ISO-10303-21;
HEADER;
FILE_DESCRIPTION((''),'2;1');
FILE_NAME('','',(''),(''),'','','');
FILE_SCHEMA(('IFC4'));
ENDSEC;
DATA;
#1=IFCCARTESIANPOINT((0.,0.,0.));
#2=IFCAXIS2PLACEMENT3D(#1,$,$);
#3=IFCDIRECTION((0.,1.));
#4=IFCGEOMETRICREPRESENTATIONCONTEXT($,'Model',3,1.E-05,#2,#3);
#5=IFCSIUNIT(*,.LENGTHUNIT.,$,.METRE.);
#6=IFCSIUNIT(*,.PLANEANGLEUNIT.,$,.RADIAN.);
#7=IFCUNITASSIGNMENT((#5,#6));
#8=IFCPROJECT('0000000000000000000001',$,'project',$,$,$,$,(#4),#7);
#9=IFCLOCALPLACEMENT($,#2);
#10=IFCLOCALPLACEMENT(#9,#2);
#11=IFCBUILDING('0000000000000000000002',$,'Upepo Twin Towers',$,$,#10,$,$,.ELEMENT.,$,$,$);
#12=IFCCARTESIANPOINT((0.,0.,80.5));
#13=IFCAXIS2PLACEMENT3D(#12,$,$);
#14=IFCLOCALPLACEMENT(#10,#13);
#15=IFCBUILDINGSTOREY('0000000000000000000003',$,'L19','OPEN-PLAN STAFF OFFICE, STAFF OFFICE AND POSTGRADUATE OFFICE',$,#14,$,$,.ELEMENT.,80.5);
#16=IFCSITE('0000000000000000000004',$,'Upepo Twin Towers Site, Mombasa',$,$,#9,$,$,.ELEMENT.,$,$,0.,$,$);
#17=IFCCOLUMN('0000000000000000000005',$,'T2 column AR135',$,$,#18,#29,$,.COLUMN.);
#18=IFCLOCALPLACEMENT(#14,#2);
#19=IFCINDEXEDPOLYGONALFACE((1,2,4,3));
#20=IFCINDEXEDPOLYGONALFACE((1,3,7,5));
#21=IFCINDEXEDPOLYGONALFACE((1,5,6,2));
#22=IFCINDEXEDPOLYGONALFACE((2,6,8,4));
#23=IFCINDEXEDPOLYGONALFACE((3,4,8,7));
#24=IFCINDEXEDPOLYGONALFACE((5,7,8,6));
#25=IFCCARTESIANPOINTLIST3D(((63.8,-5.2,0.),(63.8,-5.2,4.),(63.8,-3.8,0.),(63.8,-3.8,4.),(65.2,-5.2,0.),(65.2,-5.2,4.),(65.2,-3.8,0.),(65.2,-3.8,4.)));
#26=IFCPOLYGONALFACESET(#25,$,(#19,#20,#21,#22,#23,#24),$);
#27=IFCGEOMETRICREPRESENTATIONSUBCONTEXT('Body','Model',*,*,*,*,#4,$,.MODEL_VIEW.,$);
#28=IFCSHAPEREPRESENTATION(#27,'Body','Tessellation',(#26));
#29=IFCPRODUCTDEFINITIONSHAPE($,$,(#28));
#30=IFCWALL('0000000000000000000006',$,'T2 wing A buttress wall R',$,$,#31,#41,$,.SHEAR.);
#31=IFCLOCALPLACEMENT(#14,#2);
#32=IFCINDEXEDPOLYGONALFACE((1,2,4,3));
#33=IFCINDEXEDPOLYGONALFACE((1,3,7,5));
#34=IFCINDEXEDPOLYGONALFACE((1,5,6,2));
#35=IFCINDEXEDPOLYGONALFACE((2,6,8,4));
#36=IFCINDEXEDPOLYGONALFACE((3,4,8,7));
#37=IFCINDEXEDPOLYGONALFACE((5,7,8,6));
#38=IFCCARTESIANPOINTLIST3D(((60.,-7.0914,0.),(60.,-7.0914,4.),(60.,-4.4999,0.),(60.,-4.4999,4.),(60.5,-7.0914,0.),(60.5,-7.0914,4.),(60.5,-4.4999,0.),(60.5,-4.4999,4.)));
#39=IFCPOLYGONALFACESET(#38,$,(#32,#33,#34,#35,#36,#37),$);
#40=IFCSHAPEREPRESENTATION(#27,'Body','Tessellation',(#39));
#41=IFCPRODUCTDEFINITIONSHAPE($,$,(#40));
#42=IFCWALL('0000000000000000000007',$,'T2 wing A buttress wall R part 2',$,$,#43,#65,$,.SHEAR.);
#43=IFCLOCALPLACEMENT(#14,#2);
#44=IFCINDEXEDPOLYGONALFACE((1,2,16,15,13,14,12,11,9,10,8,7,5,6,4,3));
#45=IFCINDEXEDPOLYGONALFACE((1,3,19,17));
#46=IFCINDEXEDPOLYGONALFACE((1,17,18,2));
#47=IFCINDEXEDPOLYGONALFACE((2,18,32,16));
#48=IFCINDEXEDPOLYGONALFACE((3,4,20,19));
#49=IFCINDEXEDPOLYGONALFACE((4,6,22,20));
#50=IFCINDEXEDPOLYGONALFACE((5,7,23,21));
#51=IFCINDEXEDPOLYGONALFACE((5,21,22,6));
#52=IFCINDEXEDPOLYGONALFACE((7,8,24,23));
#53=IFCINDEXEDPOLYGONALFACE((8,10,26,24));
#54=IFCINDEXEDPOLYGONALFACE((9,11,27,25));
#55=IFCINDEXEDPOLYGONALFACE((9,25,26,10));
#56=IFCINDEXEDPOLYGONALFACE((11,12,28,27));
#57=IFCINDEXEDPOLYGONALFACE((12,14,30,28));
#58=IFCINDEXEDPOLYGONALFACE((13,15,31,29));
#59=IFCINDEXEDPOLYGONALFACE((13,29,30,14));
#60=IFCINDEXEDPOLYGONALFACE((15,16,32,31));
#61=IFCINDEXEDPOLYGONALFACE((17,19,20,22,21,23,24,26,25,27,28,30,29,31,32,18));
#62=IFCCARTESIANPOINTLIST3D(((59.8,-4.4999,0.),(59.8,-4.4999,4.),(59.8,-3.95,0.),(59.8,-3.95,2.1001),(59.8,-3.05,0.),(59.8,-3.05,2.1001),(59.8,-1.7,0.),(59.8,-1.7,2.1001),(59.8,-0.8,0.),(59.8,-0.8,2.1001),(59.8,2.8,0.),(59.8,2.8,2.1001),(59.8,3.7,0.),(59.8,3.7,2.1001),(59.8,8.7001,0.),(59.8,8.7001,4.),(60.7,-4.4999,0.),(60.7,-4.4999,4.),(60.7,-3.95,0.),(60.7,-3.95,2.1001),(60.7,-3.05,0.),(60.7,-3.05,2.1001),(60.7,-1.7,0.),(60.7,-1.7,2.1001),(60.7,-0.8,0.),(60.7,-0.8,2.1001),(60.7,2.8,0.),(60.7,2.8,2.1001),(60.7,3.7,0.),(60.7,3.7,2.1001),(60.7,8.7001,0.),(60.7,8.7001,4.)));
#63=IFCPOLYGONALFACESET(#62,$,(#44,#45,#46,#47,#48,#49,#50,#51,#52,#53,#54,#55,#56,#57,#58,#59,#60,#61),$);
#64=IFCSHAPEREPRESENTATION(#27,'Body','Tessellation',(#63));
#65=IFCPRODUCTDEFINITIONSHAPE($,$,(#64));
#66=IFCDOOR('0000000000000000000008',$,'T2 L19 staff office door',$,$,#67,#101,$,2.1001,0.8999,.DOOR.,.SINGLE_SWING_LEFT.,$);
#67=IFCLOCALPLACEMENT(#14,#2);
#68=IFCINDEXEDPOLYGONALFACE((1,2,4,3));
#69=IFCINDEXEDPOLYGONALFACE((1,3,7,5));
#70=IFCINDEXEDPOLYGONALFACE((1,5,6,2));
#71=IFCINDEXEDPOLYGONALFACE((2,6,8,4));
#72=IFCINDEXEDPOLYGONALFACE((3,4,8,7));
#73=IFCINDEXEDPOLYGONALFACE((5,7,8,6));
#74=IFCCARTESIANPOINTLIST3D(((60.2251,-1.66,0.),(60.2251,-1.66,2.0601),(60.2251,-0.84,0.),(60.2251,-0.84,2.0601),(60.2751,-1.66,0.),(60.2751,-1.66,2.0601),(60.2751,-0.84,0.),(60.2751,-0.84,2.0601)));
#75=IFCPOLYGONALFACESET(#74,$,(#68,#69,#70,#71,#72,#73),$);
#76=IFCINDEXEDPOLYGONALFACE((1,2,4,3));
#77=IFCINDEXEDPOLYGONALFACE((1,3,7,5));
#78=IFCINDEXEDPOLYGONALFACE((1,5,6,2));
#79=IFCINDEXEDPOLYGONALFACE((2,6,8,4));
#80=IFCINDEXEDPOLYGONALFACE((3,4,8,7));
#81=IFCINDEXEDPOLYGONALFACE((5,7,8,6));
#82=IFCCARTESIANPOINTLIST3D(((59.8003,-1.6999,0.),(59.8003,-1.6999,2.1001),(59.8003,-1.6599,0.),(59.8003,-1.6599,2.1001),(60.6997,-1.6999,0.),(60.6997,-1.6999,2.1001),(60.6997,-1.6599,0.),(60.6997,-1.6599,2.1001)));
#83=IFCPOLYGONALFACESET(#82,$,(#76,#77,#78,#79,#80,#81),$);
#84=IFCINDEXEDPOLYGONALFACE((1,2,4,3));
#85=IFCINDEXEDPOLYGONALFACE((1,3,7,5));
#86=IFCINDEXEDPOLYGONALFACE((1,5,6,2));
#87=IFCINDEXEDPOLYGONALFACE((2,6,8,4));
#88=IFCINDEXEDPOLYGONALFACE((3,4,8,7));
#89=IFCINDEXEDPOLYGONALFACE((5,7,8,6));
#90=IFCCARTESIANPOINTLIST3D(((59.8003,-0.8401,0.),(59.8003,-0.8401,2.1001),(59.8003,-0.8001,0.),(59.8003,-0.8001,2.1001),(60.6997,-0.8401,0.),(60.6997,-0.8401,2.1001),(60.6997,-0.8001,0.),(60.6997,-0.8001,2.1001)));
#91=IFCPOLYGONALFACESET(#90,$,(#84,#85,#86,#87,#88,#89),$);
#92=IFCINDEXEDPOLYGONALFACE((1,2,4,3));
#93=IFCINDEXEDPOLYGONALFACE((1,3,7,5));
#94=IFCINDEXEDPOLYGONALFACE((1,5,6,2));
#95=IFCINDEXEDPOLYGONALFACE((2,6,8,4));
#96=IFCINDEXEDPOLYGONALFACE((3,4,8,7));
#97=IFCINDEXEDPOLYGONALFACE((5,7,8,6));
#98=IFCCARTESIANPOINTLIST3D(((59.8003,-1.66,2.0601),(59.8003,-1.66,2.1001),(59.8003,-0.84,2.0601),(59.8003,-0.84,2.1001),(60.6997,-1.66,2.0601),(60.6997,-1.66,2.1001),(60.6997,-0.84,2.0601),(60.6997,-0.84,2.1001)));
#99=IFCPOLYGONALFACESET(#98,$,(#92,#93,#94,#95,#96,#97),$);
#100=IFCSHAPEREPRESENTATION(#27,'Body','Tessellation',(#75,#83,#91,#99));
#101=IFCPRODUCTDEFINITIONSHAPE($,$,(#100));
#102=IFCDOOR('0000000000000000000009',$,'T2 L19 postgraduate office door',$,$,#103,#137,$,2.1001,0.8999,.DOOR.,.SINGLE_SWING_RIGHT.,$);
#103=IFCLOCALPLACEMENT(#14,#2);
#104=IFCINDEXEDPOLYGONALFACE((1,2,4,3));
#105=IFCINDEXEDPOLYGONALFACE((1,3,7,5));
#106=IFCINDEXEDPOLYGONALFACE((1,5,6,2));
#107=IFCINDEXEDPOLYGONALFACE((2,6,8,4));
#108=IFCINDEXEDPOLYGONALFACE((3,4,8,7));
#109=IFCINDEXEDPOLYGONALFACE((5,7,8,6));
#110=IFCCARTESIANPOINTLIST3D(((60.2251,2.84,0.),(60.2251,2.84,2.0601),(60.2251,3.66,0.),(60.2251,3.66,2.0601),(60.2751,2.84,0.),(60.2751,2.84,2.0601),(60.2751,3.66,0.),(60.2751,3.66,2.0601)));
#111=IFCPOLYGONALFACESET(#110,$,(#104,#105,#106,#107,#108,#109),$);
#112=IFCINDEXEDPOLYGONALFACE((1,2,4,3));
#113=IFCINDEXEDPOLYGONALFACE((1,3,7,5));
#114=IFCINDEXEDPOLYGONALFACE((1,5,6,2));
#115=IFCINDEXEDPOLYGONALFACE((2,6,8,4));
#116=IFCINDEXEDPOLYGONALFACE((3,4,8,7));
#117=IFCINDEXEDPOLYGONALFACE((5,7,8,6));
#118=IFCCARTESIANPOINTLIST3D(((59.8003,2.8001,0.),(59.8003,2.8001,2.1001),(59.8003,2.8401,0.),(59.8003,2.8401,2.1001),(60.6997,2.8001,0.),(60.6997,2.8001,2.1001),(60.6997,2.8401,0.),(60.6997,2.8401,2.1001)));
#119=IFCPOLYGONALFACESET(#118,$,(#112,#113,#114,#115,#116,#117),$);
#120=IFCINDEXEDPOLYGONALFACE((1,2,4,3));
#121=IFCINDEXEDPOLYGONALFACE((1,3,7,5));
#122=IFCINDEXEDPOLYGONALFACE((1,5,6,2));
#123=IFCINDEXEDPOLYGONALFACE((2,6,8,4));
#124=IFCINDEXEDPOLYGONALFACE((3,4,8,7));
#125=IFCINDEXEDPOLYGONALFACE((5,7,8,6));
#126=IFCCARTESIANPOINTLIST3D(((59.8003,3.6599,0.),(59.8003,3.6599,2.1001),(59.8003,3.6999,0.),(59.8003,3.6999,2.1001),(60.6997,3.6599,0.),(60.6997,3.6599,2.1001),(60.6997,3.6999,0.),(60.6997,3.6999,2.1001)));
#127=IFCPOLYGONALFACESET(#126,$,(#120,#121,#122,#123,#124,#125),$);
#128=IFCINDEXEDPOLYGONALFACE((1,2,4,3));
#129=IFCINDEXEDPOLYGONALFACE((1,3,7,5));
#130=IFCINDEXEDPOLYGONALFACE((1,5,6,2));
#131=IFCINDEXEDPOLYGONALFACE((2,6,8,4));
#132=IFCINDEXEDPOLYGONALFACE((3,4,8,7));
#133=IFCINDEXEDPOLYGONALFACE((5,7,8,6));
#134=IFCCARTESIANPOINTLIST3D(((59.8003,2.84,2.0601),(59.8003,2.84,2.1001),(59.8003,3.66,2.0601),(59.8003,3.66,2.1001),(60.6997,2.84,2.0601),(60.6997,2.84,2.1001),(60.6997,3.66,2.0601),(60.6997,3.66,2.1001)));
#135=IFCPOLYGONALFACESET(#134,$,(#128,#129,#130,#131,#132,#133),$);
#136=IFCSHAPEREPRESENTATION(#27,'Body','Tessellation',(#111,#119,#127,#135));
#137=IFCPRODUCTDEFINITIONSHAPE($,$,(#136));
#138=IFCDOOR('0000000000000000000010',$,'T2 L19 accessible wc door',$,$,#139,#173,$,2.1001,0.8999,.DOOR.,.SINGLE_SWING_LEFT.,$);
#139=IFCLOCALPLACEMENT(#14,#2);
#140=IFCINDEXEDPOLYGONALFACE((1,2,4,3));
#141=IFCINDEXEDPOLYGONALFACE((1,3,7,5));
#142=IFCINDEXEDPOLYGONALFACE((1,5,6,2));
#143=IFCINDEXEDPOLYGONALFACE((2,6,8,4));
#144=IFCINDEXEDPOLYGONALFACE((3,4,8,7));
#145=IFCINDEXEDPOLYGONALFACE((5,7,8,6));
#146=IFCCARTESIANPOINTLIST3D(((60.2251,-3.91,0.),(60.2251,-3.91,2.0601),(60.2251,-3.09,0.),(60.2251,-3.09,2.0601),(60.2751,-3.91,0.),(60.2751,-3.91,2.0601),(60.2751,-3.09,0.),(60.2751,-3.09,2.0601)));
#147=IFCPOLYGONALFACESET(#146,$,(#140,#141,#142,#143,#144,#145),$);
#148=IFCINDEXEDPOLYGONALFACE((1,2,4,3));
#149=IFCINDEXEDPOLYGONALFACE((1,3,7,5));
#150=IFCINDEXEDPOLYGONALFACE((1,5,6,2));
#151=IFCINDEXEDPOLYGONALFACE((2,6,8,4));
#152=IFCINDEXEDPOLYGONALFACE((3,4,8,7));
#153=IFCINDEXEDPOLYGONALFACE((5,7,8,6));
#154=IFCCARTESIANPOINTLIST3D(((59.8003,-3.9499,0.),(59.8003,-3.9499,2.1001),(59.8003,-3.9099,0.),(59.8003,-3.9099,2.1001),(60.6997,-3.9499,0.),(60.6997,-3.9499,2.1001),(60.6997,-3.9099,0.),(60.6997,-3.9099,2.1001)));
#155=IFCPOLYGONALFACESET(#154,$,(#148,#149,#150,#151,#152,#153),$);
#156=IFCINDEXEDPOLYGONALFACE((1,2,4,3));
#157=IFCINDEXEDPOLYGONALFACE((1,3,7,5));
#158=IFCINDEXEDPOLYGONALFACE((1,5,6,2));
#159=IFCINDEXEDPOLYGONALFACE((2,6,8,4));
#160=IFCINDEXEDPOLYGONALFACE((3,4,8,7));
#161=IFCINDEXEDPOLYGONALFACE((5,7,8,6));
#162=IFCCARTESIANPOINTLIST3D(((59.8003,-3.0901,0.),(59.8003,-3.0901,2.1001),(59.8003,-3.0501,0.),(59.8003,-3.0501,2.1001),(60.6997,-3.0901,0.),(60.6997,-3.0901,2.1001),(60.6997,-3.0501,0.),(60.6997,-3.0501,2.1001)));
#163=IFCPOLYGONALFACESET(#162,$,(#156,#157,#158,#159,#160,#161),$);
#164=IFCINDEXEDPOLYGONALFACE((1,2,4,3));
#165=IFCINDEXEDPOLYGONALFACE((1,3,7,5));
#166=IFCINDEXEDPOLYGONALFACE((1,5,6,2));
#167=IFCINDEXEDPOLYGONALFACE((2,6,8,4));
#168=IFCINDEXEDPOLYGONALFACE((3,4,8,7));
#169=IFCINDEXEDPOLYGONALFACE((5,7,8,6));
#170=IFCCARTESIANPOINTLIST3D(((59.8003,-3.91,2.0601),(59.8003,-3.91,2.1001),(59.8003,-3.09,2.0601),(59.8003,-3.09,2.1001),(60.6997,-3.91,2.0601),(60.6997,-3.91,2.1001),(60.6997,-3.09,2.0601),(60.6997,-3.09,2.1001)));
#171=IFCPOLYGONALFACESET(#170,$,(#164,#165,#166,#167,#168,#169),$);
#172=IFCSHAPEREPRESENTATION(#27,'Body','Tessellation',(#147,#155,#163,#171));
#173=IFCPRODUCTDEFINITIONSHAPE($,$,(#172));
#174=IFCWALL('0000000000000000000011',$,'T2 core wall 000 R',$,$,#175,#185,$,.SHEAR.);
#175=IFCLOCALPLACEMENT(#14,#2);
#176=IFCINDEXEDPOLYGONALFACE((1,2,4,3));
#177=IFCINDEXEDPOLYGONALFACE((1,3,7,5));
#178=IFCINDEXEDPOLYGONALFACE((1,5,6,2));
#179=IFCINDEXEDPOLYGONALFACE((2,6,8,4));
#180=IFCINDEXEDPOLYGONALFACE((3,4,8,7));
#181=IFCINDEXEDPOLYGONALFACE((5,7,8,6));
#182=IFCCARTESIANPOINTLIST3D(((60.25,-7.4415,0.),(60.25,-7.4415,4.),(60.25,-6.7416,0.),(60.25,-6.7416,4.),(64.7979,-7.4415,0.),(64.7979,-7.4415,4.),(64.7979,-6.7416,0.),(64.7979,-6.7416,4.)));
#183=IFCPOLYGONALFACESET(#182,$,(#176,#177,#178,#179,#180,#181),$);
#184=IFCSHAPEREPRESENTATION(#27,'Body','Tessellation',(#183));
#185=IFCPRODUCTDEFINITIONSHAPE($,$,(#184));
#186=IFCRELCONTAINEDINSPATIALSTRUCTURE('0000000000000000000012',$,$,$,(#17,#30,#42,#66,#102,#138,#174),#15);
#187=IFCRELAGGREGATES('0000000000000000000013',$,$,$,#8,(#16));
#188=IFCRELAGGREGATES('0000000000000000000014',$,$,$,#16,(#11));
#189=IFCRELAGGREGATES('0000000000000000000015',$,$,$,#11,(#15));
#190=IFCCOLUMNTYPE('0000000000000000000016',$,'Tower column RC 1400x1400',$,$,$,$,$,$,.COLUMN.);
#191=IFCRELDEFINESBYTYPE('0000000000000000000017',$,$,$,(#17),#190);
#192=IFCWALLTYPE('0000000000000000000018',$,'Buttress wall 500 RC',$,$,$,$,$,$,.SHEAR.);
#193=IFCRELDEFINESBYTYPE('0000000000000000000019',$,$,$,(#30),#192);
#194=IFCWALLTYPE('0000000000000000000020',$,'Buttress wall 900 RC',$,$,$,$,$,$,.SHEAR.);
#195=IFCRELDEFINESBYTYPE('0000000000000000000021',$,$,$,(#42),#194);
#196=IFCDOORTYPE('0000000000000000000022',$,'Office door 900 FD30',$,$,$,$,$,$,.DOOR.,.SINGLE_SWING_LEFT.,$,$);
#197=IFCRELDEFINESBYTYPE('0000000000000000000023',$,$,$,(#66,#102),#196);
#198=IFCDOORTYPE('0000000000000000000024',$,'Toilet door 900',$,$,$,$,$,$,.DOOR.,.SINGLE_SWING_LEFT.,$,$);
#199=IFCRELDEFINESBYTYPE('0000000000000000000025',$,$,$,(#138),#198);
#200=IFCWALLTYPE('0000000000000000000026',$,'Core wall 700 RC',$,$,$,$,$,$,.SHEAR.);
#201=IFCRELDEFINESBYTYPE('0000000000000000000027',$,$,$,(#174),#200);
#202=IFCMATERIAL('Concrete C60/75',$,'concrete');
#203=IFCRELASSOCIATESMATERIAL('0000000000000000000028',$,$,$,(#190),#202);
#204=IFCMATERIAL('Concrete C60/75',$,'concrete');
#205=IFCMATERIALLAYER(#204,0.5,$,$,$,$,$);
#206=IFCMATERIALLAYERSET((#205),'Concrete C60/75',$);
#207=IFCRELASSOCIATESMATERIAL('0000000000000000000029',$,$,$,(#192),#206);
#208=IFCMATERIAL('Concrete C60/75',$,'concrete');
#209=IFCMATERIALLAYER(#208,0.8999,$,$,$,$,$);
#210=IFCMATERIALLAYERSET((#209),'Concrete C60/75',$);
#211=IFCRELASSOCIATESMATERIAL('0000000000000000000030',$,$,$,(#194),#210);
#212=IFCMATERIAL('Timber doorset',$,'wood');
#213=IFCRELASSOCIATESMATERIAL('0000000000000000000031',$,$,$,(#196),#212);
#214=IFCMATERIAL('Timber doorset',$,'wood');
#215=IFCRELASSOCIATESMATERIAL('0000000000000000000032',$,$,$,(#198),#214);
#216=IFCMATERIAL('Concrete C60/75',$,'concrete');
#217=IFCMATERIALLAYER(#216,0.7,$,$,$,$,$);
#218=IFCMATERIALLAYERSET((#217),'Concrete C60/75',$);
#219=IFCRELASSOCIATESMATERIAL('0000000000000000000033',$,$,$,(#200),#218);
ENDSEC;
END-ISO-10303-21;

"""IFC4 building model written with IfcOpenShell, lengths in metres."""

from ifc_helpers import new_model, si_unit, direction, frame, frame_2d, origin, origin_2d, place, context, subcontext, project, spatial, rectangle, extrude, material, layer, layer_set, material_profile, profile_set, type_object, element, fill, save


model = new_model("IFC4")

# Units and contexts
model_context = context("Model", 3, precision=1e-05, world=origin(), true_north=direction((0.0, 1.0)))
body_context = subcontext(model_context, "Body", "Model", "MODEL_VIEW")
ifc_project = project(units=[si_unit("LENGTHUNIT", "METRE"), si_unit("PLANEANGLEUNIT", "RADIAN")], contexts=[model_context])

# Site, building, storey
site_placement = place(None, origin())
site = spatial("IfcSite", under=ifc_project, at=site_placement, Name="Upepo Twin Towers Site, Mombasa", CompositionType="ELEMENT", RefElevation=0.0)
building_placement = place(site_placement, origin())
building = spatial("IfcBuilding", under=site, at=building_placement, Name="Upepo Twin Towers", CompositionType="ELEMENT")
storey_placement = place(building_placement, frame((0.0, 0.0, 80.5)))
storey = spatial("IfcBuildingStorey", under=building, at=storey_placement, Name="L19", Description="OPEN-PLAN STAFF OFFICE, STAFF OFFICE AND POSTGRADUATE OFFICE", CompositionType="ELEMENT", Elevation=80.5)

# Column
ifc_material_1 = material(Name="Concrete C60/75", Category="concrete")
ifc_material_profile = material_profile(ifc_material_1, rectangle(XDim=1.3999, YDim=1.3999, at=origin_2d()), Name="RC 1400x1400")
ifc_profile_set = profile_set([ifc_material_profile], Name="Concrete C60/75")
column_type = type_object("IfcColumnType", Name="Tower column RC 1400x1400", PredefinedType="COLUMN", material=ifc_profile_set)
column_placement = place(storey_placement, frame((64.5, -4.5, 0.0), z_axis=(0.0, 0.0, 1.0), x_axis=(1.0, 0.0, 0.0)))
element("IfcColumn", 1, at=column_placement, inside=storey, type_object=column_type, Name="T2 column AR135", PredefinedType="COLUMN", context=body_context, shape_type="SweptSolid", body=[
    extrude(rectangle(XDim=1.3999, YDim=1.3999, at=origin_2d()), origin(), (0.0, 0.0, 1.0), 4.0),
])

# Wall
ifc_material_2 = material(Name="Concrete C60/75", Category="concrete")
ifc_layer_1 = layer(ifc_material_2, 0.5)
ifc_layer_set_1 = layer_set([ifc_layer_1], Name="Concrete C60/75")
wall_type_1 = type_object("IfcWallType", Name="Buttress wall 500 RC", PredefinedType="SHEAR", material=ifc_layer_set_1)
wall_1_placement = place(storey_placement, frame((60.25, -7.0916, 0.0), z_axis=(0.0, 0.0, 1.0), x_axis=(0.0, 1.0, 0.0)))
element("IfcWall", 2, at=wall_1_placement, inside=storey, type_object=wall_type_1, Name="T2 wing A buttress wall R", PredefinedType="SHEAR", context=body_context, shape_type="SweptSolid", body=[
    extrude(rectangle(XDim=2.5916, YDim=0.5, at=frame_2d((1.2959, 0.0))), origin(), (0.0, 0.0, 1.0), 4.0),
])

# Wall, openings, doors
ifc_material_3 = material(Name="Concrete C60/75", Category="concrete")
ifc_layer_2 = layer(ifc_material_3, 0.8999)
ifc_layer_set_2 = layer_set([ifc_layer_2], Name="Concrete C60/75")
wall_type_2 = type_object("IfcWallType", Name="Buttress wall 900 RC", PredefinedType="SHEAR", material=ifc_layer_set_2)
wall_2_placement = place(storey_placement, frame((60.25, -4.5, 0.0), z_axis=(0.0, 0.0, 1.0), x_axis=(0.0, 1.0, 0.0)))
wall_2 = element("IfcWall", 3, at=wall_2_placement, inside=storey, type_object=wall_type_2, Name="T2 wing A buttress wall R part 2", PredefinedType="SHEAR", context=body_context, shape_type="SweptSolid", body=[
    extrude(rectangle(XDim=13.2, YDim=0.8999, at=frame_2d((6.6001, 0.0))), origin(), (0.0, 0.0, 1.0), 4.0),
])
opening_1_placement = place(wall_2_placement, frame((0.55, 0.0, 0.0)))
opening_1 = element("IfcOpeningElement", 4, at=opening_1_placement, cuts=wall_2, PredefinedType="OPENING", context=body_context, shape_type="SweptSolid", body=[
    extrude(rectangle(XDim=0.8999, YDim=2.1001, at=frame_2d((0.45, 1.05))), frame((0.0, 0.46, 0.0), z_axis=(0.0, -1.0, 0.0), x_axis=(1.0, 0.0, 0.0)), (0.0, 0.0, 1.0), 0.9199),
])
opening_2_placement = place(wall_2_placement, frame((2.8, 0.0, 0.0)))
opening_2 = element("IfcOpeningElement", 5, at=opening_2_placement, cuts=wall_2, PredefinedType="OPENING", context=body_context, shape_type="SweptSolid", body=[
    extrude(rectangle(XDim=0.8999, YDim=2.1001, at=frame_2d((0.45, 1.05))), frame((0.0, 0.46, 0.0), z_axis=(0.0, -1.0, 0.0), x_axis=(1.0, 0.0, 0.0)), (0.0, 0.0, 1.0), 0.9199),
])
opening_3_placement = place(wall_2_placement, frame((7.3, 0.0, 0.0)))
opening_3 = element("IfcOpeningElement", 6, at=opening_3_placement, cuts=wall_2, PredefinedType="OPENING", context=body_context, shape_type="SweptSolid", body=[
    extrude(rectangle(XDim=0.8999, YDim=2.1001, at=frame_2d((0.45, 1.05))), frame((0.0, 0.46, 0.0), z_axis=(0.0, -1.0, 0.0), x_axis=(1.0, 0.0, 0.0)), (0.0, 0.0, 1.0), 0.9199),
])
ifc_material_4 = material(Name="Timber doorset", Category="wood")
door_type_1 = type_object("IfcDoorType", Name="Office door 900 FD30", OperationType="SINGLE_SWING_LEFT", PredefinedType="DOOR", material=ifc_material_4)
door_1_placement = place(opening_2_placement, origin())
door_1 = element("IfcDoor", 7, at=door_1_placement, inside=storey, type_object=door_type_1, Name="T2 L19 staff office door", OperationType="SINGLE_SWING_LEFT", OverallHeight=2.1001, OverallWidth=0.8999, PredefinedType="DOOR", context=body_context, shape_type="SweptSolid", body=[
    extrude(rectangle(XDim=0.8199, YDim=2.0601, at=frame_2d((0.45, 1.03))), frame((0.0, 0.0249, 0.0), z_axis=(0.0, -1.0, 0.0), x_axis=(1.0, 0.0, 0.0)), (0.0, 0.0, 1.0), 0.05),
    extrude(rectangle(XDim=0.04, YDim=2.1001, at=frame_2d((0.02, 1.05))), frame((0.0, 0.4497, 0.0), z_axis=(0.0, -1.0, 0.0), x_axis=(1.0, 0.0, 0.0)), (0.0, 0.0, 1.0), 0.8994),
    extrude(rectangle(XDim=0.04, YDim=2.1001, at=frame_2d((0.8799, 1.05))), frame((0.0, 0.4497, 0.0), z_axis=(0.0, -1.0, 0.0), x_axis=(1.0, 0.0, 0.0)), (0.0, 0.0, 1.0), 0.8994),
    extrude(rectangle(XDim=0.8199, YDim=0.04, at=frame_2d((0.45, 2.0801))), frame((0.0, 0.4497, 0.0), z_axis=(0.0, -1.0, 0.0), x_axis=(1.0, 0.0, 0.0)), (0.0, 0.0, 1.0), 0.8994),
])
fill(opening_2, door_1)
door_2_placement = place(opening_3_placement, origin())
door_2 = element("IfcDoor", 8, at=door_2_placement, inside=storey, type_object=door_type_1, Name="T2 L19 postgraduate office door", OperationType="SINGLE_SWING_RIGHT", OverallHeight=2.1001, OverallWidth=0.8999, PredefinedType="DOOR", context=body_context, shape_type="SweptSolid", body=[
    extrude(rectangle(XDim=0.8199, YDim=2.0601, at=frame_2d((0.45, 1.03))), frame((0.0, 0.0249, 0.0), z_axis=(0.0, -1.0, 0.0), x_axis=(1.0, 0.0, 0.0)), (0.0, 0.0, 1.0), 0.05),
    extrude(rectangle(XDim=0.04, YDim=2.1001, at=frame_2d((0.02, 1.05))), frame((0.0, 0.4497, 0.0), z_axis=(0.0, -1.0, 0.0), x_axis=(1.0, 0.0, 0.0)), (0.0, 0.0, 1.0), 0.8994),
    extrude(rectangle(XDim=0.04, YDim=2.1001, at=frame_2d((0.8799, 1.05))), frame((0.0, 0.4497, 0.0), z_axis=(0.0, -1.0, 0.0), x_axis=(1.0, 0.0, 0.0)), (0.0, 0.0, 1.0), 0.8994),
    extrude(rectangle(XDim=0.8199, YDim=0.04, at=frame_2d((0.45, 2.0801))), frame((0.0, 0.4497, 0.0), z_axis=(0.0, -1.0, 0.0), x_axis=(1.0, 0.0, 0.0)), (0.0, 0.0, 1.0), 0.8994),
])
fill(opening_3, door_2)
ifc_material_5 = material(Name="Timber doorset", Category="wood")
door_type_2 = type_object("IfcDoorType", Name="Toilet door 900", OperationType="SINGLE_SWING_LEFT", PredefinedType="DOOR", material=ifc_material_5)
door_3_placement = place(opening_1_placement, origin())
door_3 = element("IfcDoor", 9, at=door_3_placement, inside=storey, type_object=door_type_2, Name="T2 L19 accessible wc door", OperationType="SINGLE_SWING_LEFT", OverallHeight=2.1001, OverallWidth=0.8999, PredefinedType="DOOR", context=body_context, shape_type="SweptSolid", body=[
    extrude(rectangle(XDim=0.8199, YDim=2.0601, at=frame_2d((0.45, 1.03))), frame((0.0, 0.0249, 0.0), z_axis=(0.0, -1.0, 0.0), x_axis=(1.0, 0.0, 0.0)), (0.0, 0.0, 1.0), 0.05),
    extrude(rectangle(XDim=0.04, YDim=2.1001, at=frame_2d((0.02, 1.05))), frame((0.0, 0.4497, 0.0), z_axis=(0.0, -1.0, 0.0), x_axis=(1.0, 0.0, 0.0)), (0.0, 0.0, 1.0), 0.8994),
    extrude(rectangle(XDim=0.04, YDim=2.1001, at=frame_2d((0.8799, 1.05))), frame((0.0, 0.4497, 0.0), z_axis=(0.0, -1.0, 0.0), x_axis=(1.0, 0.0, 0.0)), (0.0, 0.0, 1.0), 0.8994),
    extrude(rectangle(XDim=0.8199, YDim=0.04, at=frame_2d((0.45, 2.0801))), frame((0.0, 0.4497, 0.0), z_axis=(0.0, -1.0, 0.0), x_axis=(1.0, 0.0, 0.0)), (0.0, 0.0, 1.0), 0.8994),
])
fill(opening_1, door_3)

# Wall
ifc_material_6 = material(Name="Concrete C60/75", Category="concrete")
ifc_layer_3 = layer(ifc_material_6, 0.7)
ifc_layer_set_3 = layer_set([ifc_layer_3], Name="Concrete C60/75")
wall_type_3 = type_object("IfcWallType", Name="Core wall 700 RC", PredefinedType="SHEAR", material=ifc_layer_set_3)
wall_3_placement = place(storey_placement, frame((64.7979, -7.0916, 0.0), z_axis=(0.0, 0.0, 1.0), x_axis=(-1.0, 0.0, 0.0)))
element("IfcWall", 10, at=wall_3_placement, inside=storey, type_object=wall_type_3, Name="T2 core wall 000 R", PredefinedType="SHEAR", context=body_context, shape_type="SweptSolid", body=[
    extrude(rectangle(XDim=4.5479, YDim=0.7, at=frame_2d((2.2739, 0.0))), origin(), (0.0, 0.0, 1.0), 4.0),
])

save(model, "model.ifc")
